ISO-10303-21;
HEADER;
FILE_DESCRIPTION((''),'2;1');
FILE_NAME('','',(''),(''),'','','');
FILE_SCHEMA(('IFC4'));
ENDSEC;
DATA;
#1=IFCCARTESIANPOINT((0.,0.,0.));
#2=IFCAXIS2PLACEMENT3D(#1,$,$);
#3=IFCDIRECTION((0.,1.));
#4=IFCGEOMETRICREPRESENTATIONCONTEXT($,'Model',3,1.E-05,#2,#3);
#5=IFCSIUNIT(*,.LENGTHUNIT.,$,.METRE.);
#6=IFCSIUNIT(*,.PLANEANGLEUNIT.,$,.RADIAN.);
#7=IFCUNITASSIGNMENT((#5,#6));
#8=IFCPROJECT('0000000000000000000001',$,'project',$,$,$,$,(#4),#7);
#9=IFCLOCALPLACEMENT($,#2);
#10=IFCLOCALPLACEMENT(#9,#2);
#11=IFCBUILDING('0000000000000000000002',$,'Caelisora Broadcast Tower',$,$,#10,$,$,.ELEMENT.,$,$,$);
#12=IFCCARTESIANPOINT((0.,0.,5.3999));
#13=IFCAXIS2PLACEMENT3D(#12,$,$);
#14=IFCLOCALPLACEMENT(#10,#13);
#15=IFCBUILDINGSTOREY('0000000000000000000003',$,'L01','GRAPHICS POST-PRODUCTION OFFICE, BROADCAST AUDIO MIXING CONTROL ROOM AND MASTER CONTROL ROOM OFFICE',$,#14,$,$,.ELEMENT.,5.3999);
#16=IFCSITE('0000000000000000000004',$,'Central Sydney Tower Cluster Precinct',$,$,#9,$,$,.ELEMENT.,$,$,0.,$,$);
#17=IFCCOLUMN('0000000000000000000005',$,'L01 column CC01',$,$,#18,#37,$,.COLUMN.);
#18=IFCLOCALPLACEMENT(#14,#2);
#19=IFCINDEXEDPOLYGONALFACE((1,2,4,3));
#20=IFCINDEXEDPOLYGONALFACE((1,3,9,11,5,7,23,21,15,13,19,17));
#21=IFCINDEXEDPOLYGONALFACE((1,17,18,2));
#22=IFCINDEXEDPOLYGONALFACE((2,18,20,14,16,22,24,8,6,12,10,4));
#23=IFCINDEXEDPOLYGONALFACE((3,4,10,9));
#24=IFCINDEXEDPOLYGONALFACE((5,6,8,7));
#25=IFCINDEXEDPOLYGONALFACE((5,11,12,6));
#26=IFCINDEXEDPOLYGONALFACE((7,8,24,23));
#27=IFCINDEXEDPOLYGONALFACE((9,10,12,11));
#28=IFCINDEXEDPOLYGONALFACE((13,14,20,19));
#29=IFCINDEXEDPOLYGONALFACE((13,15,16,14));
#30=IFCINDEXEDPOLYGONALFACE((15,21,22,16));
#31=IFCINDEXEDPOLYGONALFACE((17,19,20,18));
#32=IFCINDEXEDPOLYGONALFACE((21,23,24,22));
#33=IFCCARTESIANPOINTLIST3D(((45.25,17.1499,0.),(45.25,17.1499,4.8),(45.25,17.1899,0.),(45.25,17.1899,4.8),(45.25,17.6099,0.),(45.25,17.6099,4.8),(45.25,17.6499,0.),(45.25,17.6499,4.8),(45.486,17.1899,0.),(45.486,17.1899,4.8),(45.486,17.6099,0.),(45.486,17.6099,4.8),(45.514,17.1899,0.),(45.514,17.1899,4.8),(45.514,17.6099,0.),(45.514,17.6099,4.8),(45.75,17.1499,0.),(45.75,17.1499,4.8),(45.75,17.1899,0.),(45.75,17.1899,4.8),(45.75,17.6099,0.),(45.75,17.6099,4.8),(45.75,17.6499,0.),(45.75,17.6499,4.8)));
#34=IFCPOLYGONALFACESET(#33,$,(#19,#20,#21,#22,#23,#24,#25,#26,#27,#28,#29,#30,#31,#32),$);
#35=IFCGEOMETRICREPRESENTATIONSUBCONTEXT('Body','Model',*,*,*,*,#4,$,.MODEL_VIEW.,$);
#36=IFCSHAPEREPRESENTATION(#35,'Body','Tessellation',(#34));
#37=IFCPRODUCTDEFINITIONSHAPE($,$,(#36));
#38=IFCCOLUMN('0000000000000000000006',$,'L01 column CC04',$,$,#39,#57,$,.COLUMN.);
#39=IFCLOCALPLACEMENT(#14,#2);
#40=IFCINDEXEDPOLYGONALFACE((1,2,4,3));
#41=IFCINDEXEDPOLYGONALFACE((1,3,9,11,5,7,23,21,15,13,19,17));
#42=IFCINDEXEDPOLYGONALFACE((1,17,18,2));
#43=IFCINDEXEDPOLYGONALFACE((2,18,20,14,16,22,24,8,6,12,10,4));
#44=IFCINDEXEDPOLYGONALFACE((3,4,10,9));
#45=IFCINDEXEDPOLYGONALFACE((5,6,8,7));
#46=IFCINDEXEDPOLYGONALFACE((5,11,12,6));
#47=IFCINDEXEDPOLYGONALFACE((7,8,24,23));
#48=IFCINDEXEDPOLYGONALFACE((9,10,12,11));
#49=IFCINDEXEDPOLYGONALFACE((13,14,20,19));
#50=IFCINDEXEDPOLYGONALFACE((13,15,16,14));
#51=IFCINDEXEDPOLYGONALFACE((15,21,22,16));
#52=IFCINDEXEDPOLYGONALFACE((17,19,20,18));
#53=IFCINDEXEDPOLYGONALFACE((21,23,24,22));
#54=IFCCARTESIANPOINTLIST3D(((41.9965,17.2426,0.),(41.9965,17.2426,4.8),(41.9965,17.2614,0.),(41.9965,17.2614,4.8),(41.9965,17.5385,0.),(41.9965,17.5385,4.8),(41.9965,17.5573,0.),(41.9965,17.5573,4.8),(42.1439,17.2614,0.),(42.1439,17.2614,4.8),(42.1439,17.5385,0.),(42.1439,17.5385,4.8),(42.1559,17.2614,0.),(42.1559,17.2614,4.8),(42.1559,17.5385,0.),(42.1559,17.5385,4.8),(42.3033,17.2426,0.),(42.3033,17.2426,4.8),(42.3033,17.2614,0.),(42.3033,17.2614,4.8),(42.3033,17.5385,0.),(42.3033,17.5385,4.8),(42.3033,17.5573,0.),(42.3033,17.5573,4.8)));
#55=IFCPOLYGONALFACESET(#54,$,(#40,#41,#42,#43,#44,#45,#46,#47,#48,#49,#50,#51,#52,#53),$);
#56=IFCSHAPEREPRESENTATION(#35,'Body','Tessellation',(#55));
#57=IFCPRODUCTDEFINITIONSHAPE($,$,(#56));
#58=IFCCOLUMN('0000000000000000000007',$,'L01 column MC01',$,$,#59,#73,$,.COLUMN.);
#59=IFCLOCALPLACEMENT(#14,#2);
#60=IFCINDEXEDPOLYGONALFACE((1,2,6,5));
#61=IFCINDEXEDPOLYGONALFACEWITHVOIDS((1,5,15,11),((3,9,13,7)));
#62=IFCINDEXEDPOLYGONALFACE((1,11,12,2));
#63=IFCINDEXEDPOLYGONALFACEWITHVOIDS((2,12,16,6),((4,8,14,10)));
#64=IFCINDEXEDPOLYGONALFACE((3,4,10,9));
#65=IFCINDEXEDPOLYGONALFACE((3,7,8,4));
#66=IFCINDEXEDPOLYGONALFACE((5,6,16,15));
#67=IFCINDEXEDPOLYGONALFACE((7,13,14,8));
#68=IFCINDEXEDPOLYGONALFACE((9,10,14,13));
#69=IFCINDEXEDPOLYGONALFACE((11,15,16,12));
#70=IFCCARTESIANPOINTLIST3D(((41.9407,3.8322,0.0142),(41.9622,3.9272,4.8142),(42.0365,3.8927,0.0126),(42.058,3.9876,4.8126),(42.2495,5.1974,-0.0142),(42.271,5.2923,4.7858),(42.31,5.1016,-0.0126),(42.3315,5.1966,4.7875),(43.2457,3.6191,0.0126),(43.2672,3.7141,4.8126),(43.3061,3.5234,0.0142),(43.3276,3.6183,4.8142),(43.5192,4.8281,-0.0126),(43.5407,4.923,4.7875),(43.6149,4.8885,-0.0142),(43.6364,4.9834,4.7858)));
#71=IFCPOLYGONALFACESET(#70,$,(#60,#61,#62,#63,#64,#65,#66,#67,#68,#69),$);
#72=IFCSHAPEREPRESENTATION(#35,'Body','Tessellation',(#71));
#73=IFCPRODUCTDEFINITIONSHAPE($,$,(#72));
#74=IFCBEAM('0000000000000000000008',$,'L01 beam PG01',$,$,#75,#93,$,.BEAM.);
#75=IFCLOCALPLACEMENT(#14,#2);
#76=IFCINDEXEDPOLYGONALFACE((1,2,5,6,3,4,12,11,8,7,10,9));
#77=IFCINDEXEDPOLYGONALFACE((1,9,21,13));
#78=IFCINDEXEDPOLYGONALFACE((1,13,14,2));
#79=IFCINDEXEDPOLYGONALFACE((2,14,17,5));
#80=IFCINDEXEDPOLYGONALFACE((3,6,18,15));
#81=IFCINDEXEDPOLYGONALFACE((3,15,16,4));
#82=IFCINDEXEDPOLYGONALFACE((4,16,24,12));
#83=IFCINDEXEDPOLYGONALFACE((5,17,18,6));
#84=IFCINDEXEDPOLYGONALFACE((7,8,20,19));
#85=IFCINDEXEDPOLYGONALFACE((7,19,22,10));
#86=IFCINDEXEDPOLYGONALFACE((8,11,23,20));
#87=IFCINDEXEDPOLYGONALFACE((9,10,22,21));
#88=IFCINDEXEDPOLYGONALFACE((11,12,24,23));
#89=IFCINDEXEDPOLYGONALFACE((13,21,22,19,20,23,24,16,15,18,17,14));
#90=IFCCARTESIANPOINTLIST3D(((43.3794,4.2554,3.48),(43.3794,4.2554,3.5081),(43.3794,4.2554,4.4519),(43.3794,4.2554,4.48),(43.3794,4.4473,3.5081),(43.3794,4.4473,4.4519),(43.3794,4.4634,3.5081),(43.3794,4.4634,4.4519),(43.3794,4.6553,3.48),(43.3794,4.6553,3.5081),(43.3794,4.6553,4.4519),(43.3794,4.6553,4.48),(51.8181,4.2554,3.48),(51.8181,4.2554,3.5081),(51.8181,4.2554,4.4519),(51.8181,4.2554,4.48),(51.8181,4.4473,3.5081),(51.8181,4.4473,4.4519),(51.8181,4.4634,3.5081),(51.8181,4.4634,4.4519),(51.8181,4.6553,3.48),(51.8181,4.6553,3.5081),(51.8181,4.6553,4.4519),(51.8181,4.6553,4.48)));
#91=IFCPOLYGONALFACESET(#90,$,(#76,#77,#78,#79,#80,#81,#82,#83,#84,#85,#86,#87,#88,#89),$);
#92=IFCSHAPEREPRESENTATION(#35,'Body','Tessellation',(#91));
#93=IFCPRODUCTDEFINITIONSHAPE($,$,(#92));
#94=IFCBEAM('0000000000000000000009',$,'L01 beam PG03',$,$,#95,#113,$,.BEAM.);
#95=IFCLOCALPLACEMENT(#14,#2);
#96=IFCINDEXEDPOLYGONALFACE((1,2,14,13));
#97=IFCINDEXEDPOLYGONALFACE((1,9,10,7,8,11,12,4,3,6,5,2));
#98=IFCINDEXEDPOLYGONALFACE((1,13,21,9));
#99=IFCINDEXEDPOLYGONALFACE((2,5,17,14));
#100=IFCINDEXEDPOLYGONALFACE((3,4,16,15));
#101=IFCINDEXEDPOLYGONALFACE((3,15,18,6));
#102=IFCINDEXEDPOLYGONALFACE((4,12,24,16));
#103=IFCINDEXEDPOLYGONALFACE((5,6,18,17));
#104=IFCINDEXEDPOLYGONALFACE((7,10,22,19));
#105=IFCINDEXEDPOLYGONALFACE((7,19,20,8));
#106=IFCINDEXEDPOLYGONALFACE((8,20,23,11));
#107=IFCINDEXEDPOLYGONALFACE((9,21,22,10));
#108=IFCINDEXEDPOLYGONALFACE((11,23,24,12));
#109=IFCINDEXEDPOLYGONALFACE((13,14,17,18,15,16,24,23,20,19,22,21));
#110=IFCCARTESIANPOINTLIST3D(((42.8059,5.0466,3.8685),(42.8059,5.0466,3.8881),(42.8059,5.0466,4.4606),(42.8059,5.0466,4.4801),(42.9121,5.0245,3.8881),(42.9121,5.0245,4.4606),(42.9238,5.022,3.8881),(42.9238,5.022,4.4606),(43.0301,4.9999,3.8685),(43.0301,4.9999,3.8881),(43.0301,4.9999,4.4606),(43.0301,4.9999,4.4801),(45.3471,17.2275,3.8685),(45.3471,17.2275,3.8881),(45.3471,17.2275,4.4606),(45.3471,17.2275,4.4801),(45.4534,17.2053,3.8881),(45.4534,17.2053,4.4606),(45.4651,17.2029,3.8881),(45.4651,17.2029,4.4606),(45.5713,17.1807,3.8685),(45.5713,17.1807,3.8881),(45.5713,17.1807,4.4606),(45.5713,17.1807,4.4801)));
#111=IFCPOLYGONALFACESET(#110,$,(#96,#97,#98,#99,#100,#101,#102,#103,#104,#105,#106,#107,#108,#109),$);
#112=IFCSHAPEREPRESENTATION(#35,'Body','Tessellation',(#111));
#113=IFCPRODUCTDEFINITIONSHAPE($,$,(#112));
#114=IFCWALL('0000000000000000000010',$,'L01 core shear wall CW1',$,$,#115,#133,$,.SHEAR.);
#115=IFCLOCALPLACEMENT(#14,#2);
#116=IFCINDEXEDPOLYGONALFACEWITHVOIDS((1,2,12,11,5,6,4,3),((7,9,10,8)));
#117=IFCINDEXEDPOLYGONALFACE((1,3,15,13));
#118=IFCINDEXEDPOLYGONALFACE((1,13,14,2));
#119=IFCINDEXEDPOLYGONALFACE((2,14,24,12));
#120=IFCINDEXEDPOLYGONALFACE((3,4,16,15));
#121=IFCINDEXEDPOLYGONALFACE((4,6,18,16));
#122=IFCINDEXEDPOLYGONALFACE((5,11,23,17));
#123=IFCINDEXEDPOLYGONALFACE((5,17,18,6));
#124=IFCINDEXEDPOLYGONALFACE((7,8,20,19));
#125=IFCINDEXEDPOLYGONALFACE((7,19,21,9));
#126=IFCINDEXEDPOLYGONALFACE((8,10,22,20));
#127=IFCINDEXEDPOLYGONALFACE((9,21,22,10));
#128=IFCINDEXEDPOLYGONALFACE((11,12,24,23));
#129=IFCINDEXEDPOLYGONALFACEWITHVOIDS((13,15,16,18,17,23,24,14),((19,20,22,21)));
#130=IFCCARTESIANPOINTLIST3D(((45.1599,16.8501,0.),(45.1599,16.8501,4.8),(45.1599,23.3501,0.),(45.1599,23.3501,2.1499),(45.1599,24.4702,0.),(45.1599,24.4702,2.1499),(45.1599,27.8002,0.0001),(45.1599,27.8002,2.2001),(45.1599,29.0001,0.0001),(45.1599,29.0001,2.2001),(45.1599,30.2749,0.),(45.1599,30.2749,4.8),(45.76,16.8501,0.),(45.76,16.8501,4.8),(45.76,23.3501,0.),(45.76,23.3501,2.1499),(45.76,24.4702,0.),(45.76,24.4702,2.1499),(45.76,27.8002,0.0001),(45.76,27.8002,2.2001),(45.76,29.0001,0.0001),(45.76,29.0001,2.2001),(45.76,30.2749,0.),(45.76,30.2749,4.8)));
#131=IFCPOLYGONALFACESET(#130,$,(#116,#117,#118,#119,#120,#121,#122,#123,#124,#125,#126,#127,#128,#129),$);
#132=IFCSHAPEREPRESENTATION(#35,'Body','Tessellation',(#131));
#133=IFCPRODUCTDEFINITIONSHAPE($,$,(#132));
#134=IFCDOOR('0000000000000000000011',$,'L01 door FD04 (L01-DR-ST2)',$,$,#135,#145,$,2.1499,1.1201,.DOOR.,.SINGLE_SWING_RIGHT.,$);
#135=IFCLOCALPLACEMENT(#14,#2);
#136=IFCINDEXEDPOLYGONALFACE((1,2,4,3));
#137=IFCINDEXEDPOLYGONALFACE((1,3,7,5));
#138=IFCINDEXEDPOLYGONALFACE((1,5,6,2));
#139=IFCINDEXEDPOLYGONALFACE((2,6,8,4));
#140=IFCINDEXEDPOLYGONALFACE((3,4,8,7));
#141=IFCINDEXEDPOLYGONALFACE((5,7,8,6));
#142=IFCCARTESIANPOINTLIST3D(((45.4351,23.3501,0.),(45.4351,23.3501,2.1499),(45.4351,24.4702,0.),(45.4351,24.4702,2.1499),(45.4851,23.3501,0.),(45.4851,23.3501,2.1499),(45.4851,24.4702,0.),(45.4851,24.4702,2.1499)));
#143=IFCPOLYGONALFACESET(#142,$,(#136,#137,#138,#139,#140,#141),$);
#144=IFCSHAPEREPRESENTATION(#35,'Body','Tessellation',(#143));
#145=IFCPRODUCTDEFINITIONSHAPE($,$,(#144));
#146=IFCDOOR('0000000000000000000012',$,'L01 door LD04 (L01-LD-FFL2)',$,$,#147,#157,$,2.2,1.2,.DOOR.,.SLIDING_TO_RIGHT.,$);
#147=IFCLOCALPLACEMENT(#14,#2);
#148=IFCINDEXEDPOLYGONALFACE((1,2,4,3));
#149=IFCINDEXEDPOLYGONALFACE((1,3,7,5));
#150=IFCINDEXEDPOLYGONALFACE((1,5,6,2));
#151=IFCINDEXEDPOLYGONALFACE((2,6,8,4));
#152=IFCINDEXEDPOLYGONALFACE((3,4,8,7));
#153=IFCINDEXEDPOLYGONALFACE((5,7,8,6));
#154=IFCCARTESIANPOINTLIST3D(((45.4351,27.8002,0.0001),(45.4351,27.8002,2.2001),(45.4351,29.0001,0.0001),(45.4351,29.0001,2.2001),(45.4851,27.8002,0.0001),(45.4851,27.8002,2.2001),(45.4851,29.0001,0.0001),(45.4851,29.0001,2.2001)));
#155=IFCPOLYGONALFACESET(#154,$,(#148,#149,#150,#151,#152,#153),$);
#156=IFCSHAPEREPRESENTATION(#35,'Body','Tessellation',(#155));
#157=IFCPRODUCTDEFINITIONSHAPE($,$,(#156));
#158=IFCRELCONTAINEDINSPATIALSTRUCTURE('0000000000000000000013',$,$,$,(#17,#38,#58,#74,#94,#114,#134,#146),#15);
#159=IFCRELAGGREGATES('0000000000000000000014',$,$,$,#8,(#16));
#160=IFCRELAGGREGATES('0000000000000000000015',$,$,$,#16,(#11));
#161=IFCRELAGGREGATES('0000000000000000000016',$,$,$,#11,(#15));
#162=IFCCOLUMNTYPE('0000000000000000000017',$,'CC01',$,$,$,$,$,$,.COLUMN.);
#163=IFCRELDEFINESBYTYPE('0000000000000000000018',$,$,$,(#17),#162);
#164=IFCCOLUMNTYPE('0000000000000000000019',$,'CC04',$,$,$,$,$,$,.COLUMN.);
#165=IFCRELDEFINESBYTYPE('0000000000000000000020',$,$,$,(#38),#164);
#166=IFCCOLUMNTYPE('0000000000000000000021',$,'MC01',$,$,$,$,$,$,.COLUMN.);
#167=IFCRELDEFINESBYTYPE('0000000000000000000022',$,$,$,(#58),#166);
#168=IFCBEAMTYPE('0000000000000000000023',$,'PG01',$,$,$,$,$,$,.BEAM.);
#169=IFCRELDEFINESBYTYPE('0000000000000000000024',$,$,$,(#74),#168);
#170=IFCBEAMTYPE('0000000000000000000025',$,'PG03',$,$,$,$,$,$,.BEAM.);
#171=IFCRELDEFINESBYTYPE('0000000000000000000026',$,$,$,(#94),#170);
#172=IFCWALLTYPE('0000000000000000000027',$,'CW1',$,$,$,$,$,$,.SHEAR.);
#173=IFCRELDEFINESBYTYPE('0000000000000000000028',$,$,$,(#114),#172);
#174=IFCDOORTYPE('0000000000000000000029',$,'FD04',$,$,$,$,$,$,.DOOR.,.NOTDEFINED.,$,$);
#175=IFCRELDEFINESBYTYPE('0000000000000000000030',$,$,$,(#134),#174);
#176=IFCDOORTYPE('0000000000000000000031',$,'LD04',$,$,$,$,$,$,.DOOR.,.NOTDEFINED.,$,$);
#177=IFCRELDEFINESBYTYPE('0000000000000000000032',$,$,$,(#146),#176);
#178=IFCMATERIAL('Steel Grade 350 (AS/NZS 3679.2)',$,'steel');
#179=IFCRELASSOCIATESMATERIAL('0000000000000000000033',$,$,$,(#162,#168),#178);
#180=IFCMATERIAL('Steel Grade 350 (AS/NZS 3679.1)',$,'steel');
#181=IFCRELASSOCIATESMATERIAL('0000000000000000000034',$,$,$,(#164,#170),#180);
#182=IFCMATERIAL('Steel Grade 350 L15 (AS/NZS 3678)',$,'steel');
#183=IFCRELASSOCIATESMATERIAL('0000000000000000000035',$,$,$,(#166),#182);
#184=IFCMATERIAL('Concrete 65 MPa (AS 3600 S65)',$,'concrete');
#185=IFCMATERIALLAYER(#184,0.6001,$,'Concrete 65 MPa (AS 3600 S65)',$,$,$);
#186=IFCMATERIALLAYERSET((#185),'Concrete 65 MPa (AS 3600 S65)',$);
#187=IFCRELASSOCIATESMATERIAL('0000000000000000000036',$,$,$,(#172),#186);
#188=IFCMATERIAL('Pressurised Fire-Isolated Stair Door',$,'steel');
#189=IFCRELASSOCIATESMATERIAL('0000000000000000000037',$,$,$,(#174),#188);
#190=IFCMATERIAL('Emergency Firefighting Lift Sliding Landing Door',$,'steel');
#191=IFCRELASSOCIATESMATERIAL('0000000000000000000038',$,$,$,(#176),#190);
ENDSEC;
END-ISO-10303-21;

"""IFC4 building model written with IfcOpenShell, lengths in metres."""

from ifc_helpers import new_model, si_unit, direction, frame, frame_2d, origin, origin_2d, place, context, subcontext, project, spatial, rectangle, hollow_rectangle, i_section, extrude, source, transform, mapped, material, layer, layer_set, material_profile, profile_set, type_object, type_shapes, element, fill, save


model = new_model("IFC4")

# Units and contexts
model_context = context("Model", 3, precision=1e-05, world=origin(), true_north=direction((0.0, 1.0)))
body_context = subcontext(model_context, "Body", "Model", "MODEL_VIEW")
ifc_project = project(units=[si_unit("LENGTHUNIT", "METRE"), si_unit("PLANEANGLEUNIT", "RADIAN")], contexts=[model_context])

# Site, building, storey
site_placement = place(None, origin())
site = spatial("IfcSite", under=ifc_project, at=site_placement, Name="Central Sydney Tower Cluster Precinct", CompositionType="ELEMENT", RefElevation=0.0)
building_placement = place(site_placement, origin())
building = spatial("IfcBuilding", under=site, at=building_placement, Name="Caelisora Broadcast Tower", CompositionType="ELEMENT")
storey_placement = place(building_placement, frame((0.0, 0.0, 5.3999)))
storey = spatial("IfcBuildingStorey", under=building, at=storey_placement, Name="L01", Description="GRAPHICS POST-PRODUCTION OFFICE, BROADCAST AUDIO MIXING CONTROL ROOM AND MASTER CONTROL ROOM OFFICE", CompositionType="ELEMENT", Elevation=5.3999)

# Columns
ifc_material_1 = material(Name="Steel Grade 350 (AS/NZS 3679.2)", Category="steel")
ifc_material_profile_1 = material_profile(ifc_material_1, i_section(OverallWidth=0.5, OverallDepth=0.5, WebThickness=0.0281, FlangeThickness=0.04, at=origin_2d()), Name="Steel Grade 350 (AS/NZS 3679.2)")
ifc_profile_set_1 = profile_set([ifc_material_profile_1], Name="Steel Grade 350 (AS/NZS 3679.2)")
column_type_1 = type_object("IfcColumnType", Name="CC01", PredefinedType="COLUMN", material=ifc_profile_set_1)
shared_shape_1 = source(origin(), body_context, "Body", "SweptSolid", [
    extrude(i_section(OverallWidth=0.5, OverallDepth=0.5, WebThickness=0.0281, FlangeThickness=0.04, at=origin_2d()), origin(), (0.0, 0.0, 1.0), 4.8),
])
type_shapes(column_type_1, [shared_shape_1])
column_1_placement = place(storey_placement, frame((45.5, 17.3999, 0.0), z_axis=(0.0, 0.0, 1.0), x_axis=(1.0, 0.0, 0.0)))
element("IfcColumn", 1, at=column_1_placement, inside=storey, type_object=column_type_1, Name="L01 column CC01", PredefinedType="COLUMN", context=body_context, shape_type="MappedRepresentation", body=[
    mapped(shared_shape_1, transform((0.0, 0.0, 0.0), scale=1.0)),
])
ifc_material_2 = material(Name="Steel Grade 350 (AS/NZS 3679.1)", Category="steel")
ifc_material_profile_2 = material_profile(ifc_material_2, i_section(OverallWidth=0.3069, OverallDepth=0.3147, WebThickness=0.012, FlangeThickness=0.0188, at=origin_2d()), Name="Steel Grade 350 (AS/NZS 3679.1)")
ifc_profile_set_2 = profile_set([ifc_material_profile_2], Name="Steel Grade 350 (AS/NZS 3679.1)")
column_type_2 = type_object("IfcColumnType", Name="CC04", PredefinedType="COLUMN", material=ifc_profile_set_2)
shared_shape_2 = source(origin(), body_context, "Body", "SweptSolid", [
    extrude(i_section(OverallWidth=0.3069, OverallDepth=0.3147, WebThickness=0.012, FlangeThickness=0.0188, at=origin_2d()), origin(), (0.0, 0.0, 1.0), 4.8),
])
type_shapes(column_type_2, [shared_shape_2])
column_2_placement = place(storey_placement, frame((42.1499, 17.3999, 0.0), z_axis=(0.0, 0.0, 1.0), x_axis=(1.0, 0.0, 0.0)))
element("IfcColumn", 2, at=column_2_placement, inside=storey, type_object=column_type_2, Name="L01 column CC04", PredefinedType="COLUMN", context=body_context, shape_type="MappedRepresentation", body=[
    mapped(shared_shape_2, transform((0.0, 0.0, 0.0), scale=1.0)),
])
ifc_material_3 = material(Name="Steel Grade 350 L15 (AS/NZS 3678)", Category="steel")
ifc_material_profile_3 = material_profile(ifc_material_3, hollow_rectangle(XDim=1.3999, YDim=1.3999, WallThickness=0.0801, at=origin_2d()), Name="Steel Grade 350 L15 (AS/NZS 3678)")
ifc_profile_set_3 = profile_set([ifc_material_profile_3], Name="Steel Grade 350 L15 (AS/NZS 3678)")
column_type_3 = type_object("IfcColumnType", Name="MC01", PredefinedType="COLUMN", material=ifc_profile_set_3)
shared_shape_3 = source(origin(), body_context, "Body", "SweptSolid", [
    extrude(hollow_rectangle(XDim=1.3999, YDim=1.3999, WallThickness=0.0801, at=origin_2d()), origin(), (0.0, 0.0, 1.0), 4.801),
])
type_shapes(column_type_3, [shared_shape_3])
column_3_placement = place(storey_placement, frame((42.7778, 4.3604, 0.0), z_axis=(0.004475, 0.019781, 0.999794), x_axis=(-0.975354, 0.220646, 0.0)))
element("IfcColumn", 3, at=column_3_placement, inside=storey, type_object=column_type_3, Name="L01 column MC01", PredefinedType="COLUMN", context=body_context, shape_type="MappedRepresentation", body=[
    mapped(shared_shape_3, transform((0.0, 0.0, 0.0), scale=1.0)),
])

# Beams
ifc_material_profile_4 = material_profile(ifc_material_1, i_section(OverallWidth=0.3999, OverallDepth=1.0, WebThickness=0.0161, FlangeThickness=0.0281, at=origin_2d()), Name="Steel Grade 350 (AS/NZS 3679.2)")
ifc_profile_set_4 = profile_set([ifc_material_profile_4], Name="Steel Grade 350 (AS/NZS 3679.2)")
beam_type_1 = type_object("IfcBeamType", Name="PG01", PredefinedType="BEAM", material=ifc_profile_set_4)
shared_shape_4 = source(origin(), body_context, "Body", "SweptSolid", [
    extrude(i_section(OverallWidth=0.3999, OverallDepth=1.0, WebThickness=0.0161, FlangeThickness=0.0281, at=origin_2d()), origin(), (0.0, 0.0, 1.0), 8.4387),
])
type_shapes(beam_type_1, [shared_shape_4])
beam_1_placement = place(storey_placement, frame((43.3794, 4.4553, 3.98), z_axis=(1.0, 0.0, 0.0), x_axis=(0.0, 1.0, 0.0)))
element("IfcBeam", 4, at=beam_1_placement, inside=storey, type_object=beam_type_1, Name="L01 beam PG01", PredefinedType="BEAM", context=body_context, shape_type="MappedRepresentation", body=[
    mapped(shared_shape_4, transform((0.0, 0.0, 0.0), scale=1.0)),
])
ifc_material_profile_5 = material_profile(ifc_material_2, i_section(OverallWidth=0.229, OverallDepth=0.6116, WebThickness=0.012, FlangeThickness=0.0195, at=origin_2d()), Name="Steel Grade 350 (AS/NZS 3679.1)")
ifc_profile_set_5 = profile_set([ifc_material_profile_5], Name="Steel Grade 350 (AS/NZS 3679.1)")
beam_type_2 = type_object("IfcBeamType", Name="PG03", PredefinedType="BEAM", material=ifc_profile_set_5)
shared_shape_5 = source(origin(), body_context, "Body", "SweptSolid", [
    extrude(i_section(OverallWidth=0.229, OverallDepth=0.6116, WebThickness=0.012, FlangeThickness=0.0195, at=origin_2d()), origin(), (0.0, 0.0, 1.0), 12.4431),
])
type_shapes(beam_type_2, [shared_shape_5])
beam_2_placement = place(storey_placement, frame((45.4592, 17.2041, 4.1743), z_axis=(-0.204229, -0.978923, 0.0), x_axis=(0.978923, -0.204229, 0.0)))
element("IfcBeam", 5, at=beam_2_placement, inside=storey, type_object=beam_type_2, Name="L01 beam PG03", PredefinedType="BEAM", context=body_context, shape_type="MappedRepresentation", body=[
    mapped(shared_shape_5, transform((0.0, 0.0, 0.0), scale=1.0)),
])

# Wall, openings, doors
ifc_material_4 = material(Name="Concrete 65 MPa (AS 3600 S65)", Category="concrete")
ifc_layer_1 = layer(ifc_material_4, 0.6001, Name="Concrete 65 MPa (AS 3600 S65)")
ifc_layer_set_1 = layer_set([ifc_layer_1], Name="Concrete 65 MPa (AS 3600 S65)")
wall_type_1 = type_object("IfcWallType", Name="CW1", PredefinedType="SHEAR", material=ifc_layer_set_1)
wall_1_placement = place(storey_placement, frame((45.46, 16.8501, 0.0), z_axis=(0.0, 0.0, 1.0), x_axis=(0.0, 1.0, 0.0)))
wall_1 = element("IfcWall", 6, at=wall_1_placement, inside=storey, type_object=wall_type_1, Name="L01 core shear wall CW1", PredefinedType="SHEAR", context=body_context, shape_type="SweptSolid", body=[
    extrude(rectangle(XDim=13.4248, YDim=0.6001, at=frame_2d((6.7124, 0.0))), origin(), (0.0, 0.0, 1.0), 4.8),
])
opening_1_placement = place(wall_1_placement, frame((6.5, 0.0, 0.0)))
opening_1 = element("IfcOpeningElement", 7, at=opening_1_placement, cuts=wall_1, PredefinedType="OPENING", context=body_context, shape_type="SweptSolid", body=[
    extrude(rectangle(XDim=1.1201, YDim=2.1499, at=frame_2d((0.5601, 1.075))), frame((0.0, 0.312, 0.0), z_axis=(0.0, -1.0, 0.0), x_axis=(1.0, 0.0, 0.0)), (0.0, 0.0, 1.0), 0.624),
])
opening_2_placement = place(wall_1_placement, frame((10.95, 0.0, 0.0)))
opening_2 = element("IfcOpeningElement", 8, at=opening_2_placement, cuts=wall_1, PredefinedType="OPENING", context=body_context, shape_type="SweptSolid", body=[
    extrude(rectangle(XDim=1.2, YDim=2.2, at=frame_2d((0.6001, 1.1001))), frame((0.0, 0.312, 0.0), z_axis=(0.0, -1.0, 0.0), x_axis=(1.0, 0.0, 0.0)), (0.0, 0.0, 1.0), 0.624),
])
ifc_material_5 = material(Name="Pressurised Fire-Isolated Stair Door", Category="steel")
door_type_1 = type_object("IfcDoorType", Name="FD04", OperationType="NOTDEFINED", PredefinedType="DOOR", material=ifc_material_5)
door_1_placement = place(opening_1_placement, origin())
door_1 = element("IfcDoor", 9, at=door_1_placement, inside=storey, type_object=door_type_1, Name="L01 door FD04 (L01-DR-ST2)", OperationType="SINGLE_SWING_RIGHT", OverallHeight=2.1499, OverallWidth=1.1201, PredefinedType="DOOR", context=body_context, shape_type="SweptSolid", body=[
    extrude(rectangle(XDim=1.1201, YDim=2.1499, at=frame_2d((0.5601, 1.075))), frame((0.0, 0.0249, 0.0), z_axis=(0.0, -1.0, 0.0), x_axis=(1.0, 0.0, 0.0)), (0.0, 0.0, 1.0), 0.05),
])
fill(opening_1, door_1)
ifc_material_6 = material(Name="Emergency Firefighting Lift Sliding Landing Door", Category="steel")
door_type_2 = type_object("IfcDoorType", Name="LD04", OperationType="NOTDEFINED", PredefinedType="DOOR", material=ifc_material_6)
door_2_placement = place(opening_2_placement, origin())
door_2 = element("IfcDoor", 10, at=door_2_placement, inside=storey, type_object=door_type_2, Name="L01 door LD04 (L01-LD-FFL2)", OperationType="SLIDING_TO_RIGHT", OverallHeight=2.2, OverallWidth=1.2, PredefinedType="DOOR", context=body_context, shape_type="SweptSolid", body=[
    extrude(rectangle(XDim=1.2, YDim=2.2, at=frame_2d((0.6001, 1.1001))), frame((0.0, 0.0249, 0.0), z_axis=(0.0, -1.0, 0.0), x_axis=(1.0, 0.0, 0.0)), (0.0, 0.0, 1.0), 0.05),
])
fill(opening_2, door_2)

save(model, "model.ifc")
